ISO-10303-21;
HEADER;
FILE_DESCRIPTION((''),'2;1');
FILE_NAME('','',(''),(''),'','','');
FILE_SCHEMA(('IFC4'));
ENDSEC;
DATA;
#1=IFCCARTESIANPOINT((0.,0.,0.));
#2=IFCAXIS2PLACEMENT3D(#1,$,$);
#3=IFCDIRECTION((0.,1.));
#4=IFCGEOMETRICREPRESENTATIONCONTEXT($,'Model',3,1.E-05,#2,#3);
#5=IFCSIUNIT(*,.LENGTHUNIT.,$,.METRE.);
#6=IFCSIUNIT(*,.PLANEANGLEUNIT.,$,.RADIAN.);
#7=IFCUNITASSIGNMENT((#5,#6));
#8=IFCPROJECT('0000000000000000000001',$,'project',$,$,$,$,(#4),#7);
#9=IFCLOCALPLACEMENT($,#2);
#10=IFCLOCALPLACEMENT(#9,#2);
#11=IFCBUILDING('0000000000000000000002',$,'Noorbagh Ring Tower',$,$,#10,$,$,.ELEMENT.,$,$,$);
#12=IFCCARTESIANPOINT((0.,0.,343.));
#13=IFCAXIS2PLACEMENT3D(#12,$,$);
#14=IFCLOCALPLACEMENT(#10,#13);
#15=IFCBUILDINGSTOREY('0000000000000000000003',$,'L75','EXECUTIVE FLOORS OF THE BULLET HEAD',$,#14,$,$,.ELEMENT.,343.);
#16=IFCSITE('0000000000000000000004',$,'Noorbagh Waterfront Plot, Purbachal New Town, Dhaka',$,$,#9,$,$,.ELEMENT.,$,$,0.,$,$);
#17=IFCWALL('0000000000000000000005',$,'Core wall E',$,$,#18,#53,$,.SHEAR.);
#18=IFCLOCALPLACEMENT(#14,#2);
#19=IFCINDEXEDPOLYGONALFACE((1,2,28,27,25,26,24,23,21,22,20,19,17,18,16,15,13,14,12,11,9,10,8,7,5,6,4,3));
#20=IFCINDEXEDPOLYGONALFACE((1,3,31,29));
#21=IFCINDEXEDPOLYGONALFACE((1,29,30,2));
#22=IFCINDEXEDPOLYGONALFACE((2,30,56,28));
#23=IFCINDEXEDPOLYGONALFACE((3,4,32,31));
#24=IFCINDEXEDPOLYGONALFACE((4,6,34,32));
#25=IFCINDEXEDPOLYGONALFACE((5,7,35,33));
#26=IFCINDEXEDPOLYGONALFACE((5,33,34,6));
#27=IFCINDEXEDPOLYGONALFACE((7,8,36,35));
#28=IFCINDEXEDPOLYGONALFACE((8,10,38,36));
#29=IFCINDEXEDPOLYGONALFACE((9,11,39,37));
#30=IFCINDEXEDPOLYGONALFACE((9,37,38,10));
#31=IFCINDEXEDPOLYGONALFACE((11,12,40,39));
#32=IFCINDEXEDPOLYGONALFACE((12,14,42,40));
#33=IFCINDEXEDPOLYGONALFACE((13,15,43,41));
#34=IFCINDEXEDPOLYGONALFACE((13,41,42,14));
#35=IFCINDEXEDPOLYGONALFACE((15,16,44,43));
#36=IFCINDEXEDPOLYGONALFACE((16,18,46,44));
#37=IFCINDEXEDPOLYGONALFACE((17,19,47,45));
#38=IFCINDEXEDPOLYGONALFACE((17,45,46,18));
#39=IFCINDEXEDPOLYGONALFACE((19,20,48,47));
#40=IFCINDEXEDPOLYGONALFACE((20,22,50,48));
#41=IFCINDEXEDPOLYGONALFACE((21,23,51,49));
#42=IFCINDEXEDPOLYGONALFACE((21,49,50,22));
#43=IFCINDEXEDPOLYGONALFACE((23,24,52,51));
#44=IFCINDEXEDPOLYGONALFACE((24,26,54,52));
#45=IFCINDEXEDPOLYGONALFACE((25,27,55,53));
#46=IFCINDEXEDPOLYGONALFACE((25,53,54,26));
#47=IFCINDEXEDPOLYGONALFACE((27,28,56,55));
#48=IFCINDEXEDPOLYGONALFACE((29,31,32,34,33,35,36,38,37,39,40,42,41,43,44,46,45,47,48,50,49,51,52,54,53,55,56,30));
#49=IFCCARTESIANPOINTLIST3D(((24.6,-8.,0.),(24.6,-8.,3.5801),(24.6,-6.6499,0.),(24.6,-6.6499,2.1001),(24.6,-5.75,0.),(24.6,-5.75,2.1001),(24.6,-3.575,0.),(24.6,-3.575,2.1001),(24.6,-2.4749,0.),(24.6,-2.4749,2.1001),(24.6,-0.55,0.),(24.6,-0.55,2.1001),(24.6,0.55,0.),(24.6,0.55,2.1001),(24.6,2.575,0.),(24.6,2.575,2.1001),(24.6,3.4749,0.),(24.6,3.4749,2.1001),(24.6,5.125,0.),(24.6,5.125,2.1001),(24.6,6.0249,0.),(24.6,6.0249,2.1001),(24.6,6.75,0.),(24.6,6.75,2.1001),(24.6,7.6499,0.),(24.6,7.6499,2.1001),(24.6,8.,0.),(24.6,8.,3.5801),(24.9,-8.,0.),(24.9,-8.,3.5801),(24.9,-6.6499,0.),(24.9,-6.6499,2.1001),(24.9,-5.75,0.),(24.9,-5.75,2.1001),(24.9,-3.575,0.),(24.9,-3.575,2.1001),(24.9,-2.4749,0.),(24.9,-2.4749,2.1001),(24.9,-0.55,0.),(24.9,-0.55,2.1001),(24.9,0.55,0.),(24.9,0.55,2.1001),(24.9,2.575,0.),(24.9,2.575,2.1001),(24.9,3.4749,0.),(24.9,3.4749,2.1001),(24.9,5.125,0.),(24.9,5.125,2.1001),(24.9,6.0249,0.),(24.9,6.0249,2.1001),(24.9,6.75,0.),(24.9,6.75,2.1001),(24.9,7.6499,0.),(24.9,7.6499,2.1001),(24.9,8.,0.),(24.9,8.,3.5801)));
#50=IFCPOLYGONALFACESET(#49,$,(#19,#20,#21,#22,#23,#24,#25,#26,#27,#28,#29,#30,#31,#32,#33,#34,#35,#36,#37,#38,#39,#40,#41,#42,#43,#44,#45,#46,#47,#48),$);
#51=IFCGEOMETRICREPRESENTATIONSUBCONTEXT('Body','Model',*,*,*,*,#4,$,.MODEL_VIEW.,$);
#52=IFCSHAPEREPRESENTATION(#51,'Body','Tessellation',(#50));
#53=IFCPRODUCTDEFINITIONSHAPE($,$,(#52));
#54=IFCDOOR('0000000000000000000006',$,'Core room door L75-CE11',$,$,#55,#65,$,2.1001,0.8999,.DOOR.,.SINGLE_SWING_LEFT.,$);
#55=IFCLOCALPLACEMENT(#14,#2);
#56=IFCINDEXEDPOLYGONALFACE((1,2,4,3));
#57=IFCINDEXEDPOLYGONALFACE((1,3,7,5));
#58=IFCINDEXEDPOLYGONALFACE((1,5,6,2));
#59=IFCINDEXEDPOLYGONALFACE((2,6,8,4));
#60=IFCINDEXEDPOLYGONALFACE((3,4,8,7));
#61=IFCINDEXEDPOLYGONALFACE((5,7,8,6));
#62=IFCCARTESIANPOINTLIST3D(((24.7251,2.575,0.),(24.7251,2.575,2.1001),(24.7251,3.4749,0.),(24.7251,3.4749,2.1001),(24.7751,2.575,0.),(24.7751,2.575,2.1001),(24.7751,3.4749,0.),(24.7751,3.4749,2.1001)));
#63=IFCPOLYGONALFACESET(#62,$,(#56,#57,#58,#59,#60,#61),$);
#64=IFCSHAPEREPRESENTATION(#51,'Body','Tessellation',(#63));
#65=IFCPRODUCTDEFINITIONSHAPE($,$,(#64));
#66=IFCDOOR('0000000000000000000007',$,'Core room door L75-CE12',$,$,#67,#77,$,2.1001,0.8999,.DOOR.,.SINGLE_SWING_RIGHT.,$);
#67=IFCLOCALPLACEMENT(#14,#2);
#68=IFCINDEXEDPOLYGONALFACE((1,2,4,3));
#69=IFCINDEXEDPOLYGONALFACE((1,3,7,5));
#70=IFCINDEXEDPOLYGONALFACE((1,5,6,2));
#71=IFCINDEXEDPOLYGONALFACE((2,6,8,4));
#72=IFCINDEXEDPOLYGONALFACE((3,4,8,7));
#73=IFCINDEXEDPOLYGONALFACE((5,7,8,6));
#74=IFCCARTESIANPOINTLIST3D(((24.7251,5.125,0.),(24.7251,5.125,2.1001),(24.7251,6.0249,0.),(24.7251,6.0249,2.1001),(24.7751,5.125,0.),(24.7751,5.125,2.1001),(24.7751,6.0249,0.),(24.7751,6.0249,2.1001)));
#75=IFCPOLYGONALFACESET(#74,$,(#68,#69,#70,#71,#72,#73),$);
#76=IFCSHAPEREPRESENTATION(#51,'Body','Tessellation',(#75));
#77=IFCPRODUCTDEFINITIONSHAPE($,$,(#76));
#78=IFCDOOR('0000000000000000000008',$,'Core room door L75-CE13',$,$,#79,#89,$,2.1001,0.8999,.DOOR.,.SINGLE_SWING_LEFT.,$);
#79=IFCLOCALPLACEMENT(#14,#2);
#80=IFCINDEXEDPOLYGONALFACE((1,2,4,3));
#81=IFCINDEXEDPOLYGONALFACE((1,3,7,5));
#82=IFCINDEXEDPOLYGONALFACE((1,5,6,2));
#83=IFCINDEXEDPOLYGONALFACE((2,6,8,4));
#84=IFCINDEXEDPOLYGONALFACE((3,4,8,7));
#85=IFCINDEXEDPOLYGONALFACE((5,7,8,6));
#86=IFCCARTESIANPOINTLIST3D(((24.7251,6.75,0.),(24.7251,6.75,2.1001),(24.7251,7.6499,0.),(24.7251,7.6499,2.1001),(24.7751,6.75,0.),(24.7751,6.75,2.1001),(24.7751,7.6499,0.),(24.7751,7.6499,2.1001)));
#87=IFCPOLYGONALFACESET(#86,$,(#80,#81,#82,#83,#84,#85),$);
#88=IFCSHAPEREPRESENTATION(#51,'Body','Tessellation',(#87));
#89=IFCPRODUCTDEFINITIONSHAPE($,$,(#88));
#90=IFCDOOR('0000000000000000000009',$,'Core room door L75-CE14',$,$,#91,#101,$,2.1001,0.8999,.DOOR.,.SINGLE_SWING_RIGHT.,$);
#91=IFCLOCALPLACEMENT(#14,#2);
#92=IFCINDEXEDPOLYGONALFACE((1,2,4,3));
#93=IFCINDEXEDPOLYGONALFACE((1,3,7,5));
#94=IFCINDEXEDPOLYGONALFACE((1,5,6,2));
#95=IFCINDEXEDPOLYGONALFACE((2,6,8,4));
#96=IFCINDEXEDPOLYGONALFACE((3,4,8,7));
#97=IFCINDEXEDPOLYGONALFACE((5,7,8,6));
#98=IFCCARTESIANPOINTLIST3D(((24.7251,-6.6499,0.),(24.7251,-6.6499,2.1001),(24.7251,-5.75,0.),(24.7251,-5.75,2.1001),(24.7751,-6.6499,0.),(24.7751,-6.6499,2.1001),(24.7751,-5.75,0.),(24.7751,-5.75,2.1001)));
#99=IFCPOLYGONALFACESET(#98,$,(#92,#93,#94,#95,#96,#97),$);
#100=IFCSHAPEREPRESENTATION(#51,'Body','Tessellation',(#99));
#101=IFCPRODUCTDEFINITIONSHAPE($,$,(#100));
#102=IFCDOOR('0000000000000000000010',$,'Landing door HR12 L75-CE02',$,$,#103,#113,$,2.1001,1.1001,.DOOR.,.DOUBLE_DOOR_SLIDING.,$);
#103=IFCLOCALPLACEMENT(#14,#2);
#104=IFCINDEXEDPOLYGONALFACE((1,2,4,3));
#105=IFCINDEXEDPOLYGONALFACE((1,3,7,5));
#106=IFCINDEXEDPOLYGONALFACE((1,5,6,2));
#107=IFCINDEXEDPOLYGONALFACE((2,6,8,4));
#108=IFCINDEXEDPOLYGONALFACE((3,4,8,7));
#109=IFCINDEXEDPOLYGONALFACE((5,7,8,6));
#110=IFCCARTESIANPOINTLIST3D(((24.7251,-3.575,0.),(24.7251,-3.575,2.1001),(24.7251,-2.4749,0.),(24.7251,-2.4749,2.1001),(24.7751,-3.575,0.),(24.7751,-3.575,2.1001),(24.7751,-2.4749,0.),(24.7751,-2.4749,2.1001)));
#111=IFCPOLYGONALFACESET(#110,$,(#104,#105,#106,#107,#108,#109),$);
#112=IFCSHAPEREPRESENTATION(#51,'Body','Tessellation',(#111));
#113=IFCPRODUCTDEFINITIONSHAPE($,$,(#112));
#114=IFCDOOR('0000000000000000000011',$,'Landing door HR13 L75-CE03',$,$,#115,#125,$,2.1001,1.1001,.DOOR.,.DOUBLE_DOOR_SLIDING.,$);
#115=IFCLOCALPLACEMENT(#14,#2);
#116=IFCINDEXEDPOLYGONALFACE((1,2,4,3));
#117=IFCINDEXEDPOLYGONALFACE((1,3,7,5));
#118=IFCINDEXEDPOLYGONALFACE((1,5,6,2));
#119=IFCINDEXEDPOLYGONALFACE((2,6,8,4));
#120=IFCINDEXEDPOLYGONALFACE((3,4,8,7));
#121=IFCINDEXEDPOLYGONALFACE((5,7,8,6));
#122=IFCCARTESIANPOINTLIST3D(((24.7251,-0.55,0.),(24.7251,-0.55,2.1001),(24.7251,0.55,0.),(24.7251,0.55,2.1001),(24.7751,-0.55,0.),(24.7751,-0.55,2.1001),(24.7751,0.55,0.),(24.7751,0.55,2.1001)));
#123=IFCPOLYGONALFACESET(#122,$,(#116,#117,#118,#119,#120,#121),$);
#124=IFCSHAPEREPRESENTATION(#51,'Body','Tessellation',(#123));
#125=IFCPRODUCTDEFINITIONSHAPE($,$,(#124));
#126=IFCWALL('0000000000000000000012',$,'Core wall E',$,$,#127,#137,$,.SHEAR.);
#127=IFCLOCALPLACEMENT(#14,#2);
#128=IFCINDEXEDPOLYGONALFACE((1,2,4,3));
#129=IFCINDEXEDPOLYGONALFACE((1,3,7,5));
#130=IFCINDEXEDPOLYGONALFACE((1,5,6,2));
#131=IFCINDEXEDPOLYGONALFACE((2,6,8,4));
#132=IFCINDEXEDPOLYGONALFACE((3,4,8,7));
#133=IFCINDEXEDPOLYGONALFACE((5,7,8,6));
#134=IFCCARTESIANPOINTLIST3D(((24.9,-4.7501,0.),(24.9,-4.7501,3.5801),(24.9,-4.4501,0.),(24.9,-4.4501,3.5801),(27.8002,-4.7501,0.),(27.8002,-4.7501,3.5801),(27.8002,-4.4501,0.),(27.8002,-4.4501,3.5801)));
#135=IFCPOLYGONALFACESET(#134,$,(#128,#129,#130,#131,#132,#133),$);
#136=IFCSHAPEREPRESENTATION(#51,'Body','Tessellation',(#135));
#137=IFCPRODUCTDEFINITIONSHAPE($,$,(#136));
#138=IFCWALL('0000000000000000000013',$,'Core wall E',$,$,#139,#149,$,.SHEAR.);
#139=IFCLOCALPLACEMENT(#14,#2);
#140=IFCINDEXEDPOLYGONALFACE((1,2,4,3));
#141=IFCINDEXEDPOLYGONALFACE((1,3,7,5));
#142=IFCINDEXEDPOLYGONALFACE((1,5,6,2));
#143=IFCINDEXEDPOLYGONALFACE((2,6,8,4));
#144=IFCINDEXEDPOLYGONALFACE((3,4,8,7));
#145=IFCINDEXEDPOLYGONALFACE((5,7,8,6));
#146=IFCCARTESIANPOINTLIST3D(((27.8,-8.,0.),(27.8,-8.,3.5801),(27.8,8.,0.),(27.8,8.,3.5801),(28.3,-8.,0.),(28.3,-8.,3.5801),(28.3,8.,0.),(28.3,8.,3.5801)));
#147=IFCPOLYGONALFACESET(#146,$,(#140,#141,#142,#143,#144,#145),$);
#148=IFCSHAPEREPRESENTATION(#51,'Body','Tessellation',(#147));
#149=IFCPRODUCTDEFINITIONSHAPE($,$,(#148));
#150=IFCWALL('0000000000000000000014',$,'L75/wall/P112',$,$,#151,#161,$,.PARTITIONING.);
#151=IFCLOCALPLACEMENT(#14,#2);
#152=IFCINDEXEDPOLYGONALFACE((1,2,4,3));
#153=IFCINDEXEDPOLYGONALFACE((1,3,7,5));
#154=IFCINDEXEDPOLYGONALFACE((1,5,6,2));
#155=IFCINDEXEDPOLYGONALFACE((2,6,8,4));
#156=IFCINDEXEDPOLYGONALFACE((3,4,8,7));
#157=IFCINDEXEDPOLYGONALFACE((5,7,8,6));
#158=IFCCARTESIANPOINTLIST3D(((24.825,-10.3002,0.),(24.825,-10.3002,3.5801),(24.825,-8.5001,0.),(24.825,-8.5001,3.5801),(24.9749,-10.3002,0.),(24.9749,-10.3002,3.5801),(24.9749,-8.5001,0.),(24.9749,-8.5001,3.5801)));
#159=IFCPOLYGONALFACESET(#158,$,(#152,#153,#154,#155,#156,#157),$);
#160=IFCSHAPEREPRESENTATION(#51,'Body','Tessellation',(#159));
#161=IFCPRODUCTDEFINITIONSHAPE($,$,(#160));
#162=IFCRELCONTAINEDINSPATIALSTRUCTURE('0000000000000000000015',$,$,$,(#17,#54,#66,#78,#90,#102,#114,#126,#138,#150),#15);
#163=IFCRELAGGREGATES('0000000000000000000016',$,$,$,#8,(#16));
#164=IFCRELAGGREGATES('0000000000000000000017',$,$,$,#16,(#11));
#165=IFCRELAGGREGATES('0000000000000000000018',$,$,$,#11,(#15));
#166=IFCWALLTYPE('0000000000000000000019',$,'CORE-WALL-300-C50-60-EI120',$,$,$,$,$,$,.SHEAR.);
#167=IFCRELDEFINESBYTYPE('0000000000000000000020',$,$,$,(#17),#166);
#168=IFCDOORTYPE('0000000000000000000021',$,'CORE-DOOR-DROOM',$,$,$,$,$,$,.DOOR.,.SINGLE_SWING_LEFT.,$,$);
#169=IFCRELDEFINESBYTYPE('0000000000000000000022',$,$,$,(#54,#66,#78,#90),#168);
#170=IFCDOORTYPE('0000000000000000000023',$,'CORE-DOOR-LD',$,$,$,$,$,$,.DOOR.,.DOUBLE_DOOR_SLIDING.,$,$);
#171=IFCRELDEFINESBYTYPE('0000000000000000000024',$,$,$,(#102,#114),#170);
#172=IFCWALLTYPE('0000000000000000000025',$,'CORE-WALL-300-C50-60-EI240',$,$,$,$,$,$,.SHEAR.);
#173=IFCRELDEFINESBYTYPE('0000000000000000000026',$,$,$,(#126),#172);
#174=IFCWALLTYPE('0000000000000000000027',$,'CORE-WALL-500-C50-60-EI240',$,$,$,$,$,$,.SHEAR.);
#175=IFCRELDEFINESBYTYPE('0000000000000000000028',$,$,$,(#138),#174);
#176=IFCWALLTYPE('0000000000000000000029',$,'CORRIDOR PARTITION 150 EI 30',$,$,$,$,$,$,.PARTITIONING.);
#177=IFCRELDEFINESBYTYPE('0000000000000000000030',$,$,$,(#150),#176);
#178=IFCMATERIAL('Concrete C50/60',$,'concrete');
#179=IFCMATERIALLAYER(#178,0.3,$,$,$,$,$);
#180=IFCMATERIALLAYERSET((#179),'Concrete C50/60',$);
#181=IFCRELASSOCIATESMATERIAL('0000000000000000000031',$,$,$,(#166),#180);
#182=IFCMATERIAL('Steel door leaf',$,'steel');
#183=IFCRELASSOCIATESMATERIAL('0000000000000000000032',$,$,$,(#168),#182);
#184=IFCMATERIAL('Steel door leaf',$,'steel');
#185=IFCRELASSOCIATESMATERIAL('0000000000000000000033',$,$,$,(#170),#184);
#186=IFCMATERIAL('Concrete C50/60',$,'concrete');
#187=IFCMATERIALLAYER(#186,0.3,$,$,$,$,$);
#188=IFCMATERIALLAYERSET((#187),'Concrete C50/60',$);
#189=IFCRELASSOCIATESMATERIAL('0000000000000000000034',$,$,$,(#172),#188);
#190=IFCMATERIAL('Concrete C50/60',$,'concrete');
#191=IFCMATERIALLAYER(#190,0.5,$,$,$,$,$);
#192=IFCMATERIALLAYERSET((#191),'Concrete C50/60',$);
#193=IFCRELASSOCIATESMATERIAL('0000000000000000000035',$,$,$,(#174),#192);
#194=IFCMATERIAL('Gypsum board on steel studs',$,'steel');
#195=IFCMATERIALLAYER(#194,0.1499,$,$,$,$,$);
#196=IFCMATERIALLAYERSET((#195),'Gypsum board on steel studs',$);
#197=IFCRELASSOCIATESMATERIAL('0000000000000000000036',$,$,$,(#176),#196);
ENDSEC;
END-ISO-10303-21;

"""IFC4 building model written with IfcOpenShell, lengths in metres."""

from ifc_helpers import new_model, si_unit, direction, frame, frame_2d, origin, place, context, subcontext, project, spatial, rectangle, extrude, material, layer, layer_set, type_object, element, fill, save


model = new_model("IFC4")

# Units and contexts
model_context = context("Model", 3, precision=1e-05, world=origin(), true_north=direction((0.0, 1.0)))
body_context = subcontext(model_context, "Body", "Model", "MODEL_VIEW")
ifc_project = project(units=[si_unit("LENGTHUNIT", "METRE"), si_unit("PLANEANGLEUNIT", "RADIAN")], contexts=[model_context])

# Site, building, storey
site_placement = place(None, origin())
site = spatial("IfcSite", under=ifc_project, at=site_placement, Name="Noorbagh Waterfront Plot, Purbachal New Town, Dhaka", CompositionType="ELEMENT", RefElevation=0.0)
building_placement = place(site_placement, origin())
building = spatial("IfcBuilding", under=site, at=building_placement, Name="Noorbagh Ring Tower", CompositionType="ELEMENT")
storey_placement = place(building_placement, frame((0.0, 0.0, 343.0)))
storey = spatial("IfcBuildingStorey", under=building, at=storey_placement, Name="L75", Description="EXECUTIVE FLOORS OF THE BULLET HEAD", CompositionType="ELEMENT", Elevation=343.0)

# Wall, openings, doors
ifc_material_1 = material(Name="Concrete C50/60", Category="concrete")
ifc_layer_1 = layer(ifc_material_1, 0.3)
ifc_layer_set_1 = layer_set([ifc_layer_1], Name="Concrete C50/60")
wall_type_1 = type_object("IfcWallType", Name="CORE-WALL-300-C50-60-EI120", PredefinedType="SHEAR", material=ifc_layer_set_1)
wall_1_placement = place(storey_placement, frame((24.75, -8.0, 0.0), z_axis=(0.0, 0.0, 1.0), x_axis=(0.0, 1.0, 0.0)))
wall_1 = element("IfcWall", 1, at=wall_1_placement, inside=storey, type_object=wall_type_1, Name="Core wall E", PredefinedType="SHEAR", context=body_context, shape_type="SweptSolid", body=[
    extrude(rectangle(XDim=16.0, YDim=0.3, at=frame_2d((8.0, 0.0))), origin(), (0.0, 0.0, 1.0), 3.5801),
])
opening_1_placement = place(wall_1_placement, frame((4.425, 0.0, 0.0)))
opening_1 = element("IfcOpeningElement", 2, at=opening_1_placement, cuts=wall_1, PredefinedType="OPENING", context=body_context, shape_type="SweptSolid", body=[
    extrude(rectangle(XDim=1.1001, YDim=2.1001, at=frame_2d((0.55, 1.05))), frame((0.0, 0.1602, 0.0), z_axis=(0.0, -1.0, 0.0), x_axis=(1.0, 0.0, 0.0)), (0.0, 0.0, 1.0), 0.3201),
])
opening_2_placement = place(wall_1_placement, frame((7.45, 0.0, 0.0)))
opening_2 = element("IfcOpeningElement", 3, at=opening_2_placement, cuts=wall_1, PredefinedType="OPENING", context=body_context, shape_type="SweptSolid", body=[
    extrude(rectangle(XDim=1.1001, YDim=2.1001, at=frame_2d((0.55, 1.05))), frame((0.0, 0.1602, 0.0), z_axis=(0.0, -1.0, 0.0), x_axis=(1.0, 0.0, 0.0)), (0.0, 0.0, 1.0), 0.3201),
])
opening_3_placement = place(wall_1_placement, frame((10.575, 0.0, 0.0)))
opening_3 = element("IfcOpeningElement", 4, at=opening_3_placement, cuts=wall_1, PredefinedType="OPENING", context=body_context, shape_type="SweptSolid", body=[
    extrude(rectangle(XDim=0.8999, YDim=2.1001, at=frame_2d((0.45, 1.05))), frame((0.0, 0.1602, 0.0), z_axis=(0.0, -1.0, 0.0), x_axis=(1.0, 0.0, 0.0)), (0.0, 0.0, 1.0), 0.3201),
])
opening_4_placement = place(wall_1_placement, frame((13.125, 0.0, 0.0)))
opening_4 = element("IfcOpeningElement", 5, at=opening_4_placement, cuts=wall_1, PredefinedType="OPENING", context=body_context, shape_type="SweptSolid", body=[
    extrude(rectangle(XDim=0.8999, YDim=2.1001, at=frame_2d((0.45, 1.05))), frame((0.0, 0.1602, 0.0), z_axis=(0.0, -1.0, 0.0), x_axis=(1.0, 0.0, 0.0)), (0.0, 0.0, 1.0), 0.3201),
])
opening_5_placement = place(wall_1_placement, frame((14.75, 0.0, 0.0)))
opening_5 = element("IfcOpeningElement", 6, at=opening_5_placement, cuts=wall_1, PredefinedType="OPENING", context=body_context, shape_type="SweptSolid", body=[
    extrude(rectangle(XDim=0.8999, YDim=2.1001, at=frame_2d((0.45, 1.05))), frame((0.0, 0.1602, 0.0), z_axis=(0.0, -1.0, 0.0), x_axis=(1.0, 0.0, 0.0)), (0.0, 0.0, 1.0), 0.3201),
])
opening_6_placement = place(wall_1_placement, frame((1.3501, 0.0, 0.0)))
opening_6 = element("IfcOpeningElement", 7, at=opening_6_placement, cuts=wall_1, PredefinedType="OPENING", context=body_context, shape_type="SweptSolid", body=[
    extrude(rectangle(XDim=0.8999, YDim=2.1001, at=frame_2d((0.45, 1.05))), frame((0.0, 0.1602, 0.0), z_axis=(0.0, -1.0, 0.0), x_axis=(1.0, 0.0, 0.0)), (0.0, 0.0, 1.0), 0.3201),
])
ifc_material_2 = material(Name="Steel door leaf", Category="steel")
door_type_1 = type_object("IfcDoorType", Name="CORE-DOOR-DROOM", OperationType="SINGLE_SWING_LEFT", PredefinedType="DOOR", material=ifc_material_2)
door_1_placement = place(opening_3_placement, origin())
door_1 = element("IfcDoor", 8, at=door_1_placement, inside=storey, type_object=door_type_1, Name="Core room door L75-CE11", OperationType="SINGLE_SWING_LEFT", OverallHeight=2.1001, OverallWidth=0.8999, PredefinedType="DOOR", context=body_context, shape_type="SweptSolid", body=[
    extrude(rectangle(XDim=0.8999, YDim=2.1001, at=frame_2d((0.45, 1.05))), frame((0.0, 0.0249, 0.0), z_axis=(0.0, -1.0, 0.0), x_axis=(1.0, 0.0, 0.0)), (0.0, 0.0, 1.0), 0.05),
])
fill(opening_3, door_1)
door_2_placement = place(opening_4_placement, origin())
door_2 = element("IfcDoor", 9, at=door_2_placement, inside=storey, type_object=door_type_1, Name="Core room door L75-CE12", OperationType="SINGLE_SWING_RIGHT", OverallHeight=2.1001, OverallWidth=0.8999, PredefinedType="DOOR", context=body_context, shape_type="SweptSolid", body=[
    extrude(rectangle(XDim=0.8999, YDim=2.1001, at=frame_2d((0.45, 1.05))), frame((0.0, 0.0249, 0.0), z_axis=(0.0, -1.0, 0.0), x_axis=(1.0, 0.0, 0.0)), (0.0, 0.0, 1.0), 0.05),
])
fill(opening_4, door_2)
door_3_placement = place(opening_5_placement, origin())
door_3 = element("IfcDoor", 10, at=door_3_placement, inside=storey, type_object=door_type_1, Name="Core room door L75-CE13", OperationType="SINGLE_SWING_LEFT", OverallHeight=2.1001, OverallWidth=0.8999, PredefinedType="DOOR", context=body_context, shape_type="SweptSolid", body=[
    extrude(rectangle(XDim=0.8999, YDim=2.1001, at=frame_2d((0.45, 1.05))), frame((0.0, 0.0249, 0.0), z_axis=(0.0, -1.0, 0.0), x_axis=(1.0, 0.0, 0.0)), (0.0, 0.0, 1.0), 0.05),
])
fill(opening_5, door_3)
door_4_placement = place(opening_6_placement, origin())
door_4 = element("IfcDoor", 11, at=door_4_placement, inside=storey, type_object=door_type_1, Name="Core room door L75-CE14", OperationType="SINGLE_SWING_RIGHT", OverallHeight=2.1001, OverallWidth=0.8999, PredefinedType="DOOR", context=body_context, shape_type="SweptSolid", body=[
    extrude(rectangle(XDim=0.8999, YDim=2.1001, at=frame_2d((0.45, 1.05))), frame((0.0, 0.0249, 0.0), z_axis=(0.0, -1.0, 0.0), x_axis=(1.0, 0.0, 0.0)), (0.0, 0.0, 1.0), 0.05),
])
fill(opening_6, door_4)
ifc_material_3 = material(Name="Steel door leaf", Category="steel")
door_type_2 = type_object("IfcDoorType", Name="CORE-DOOR-LD", OperationType="DOUBLE_DOOR_SLIDING", PredefinedType="DOOR", material=ifc_material_3)
door_5_placement = place(opening_1_placement, origin())
door_5 = element("IfcDoor", 12, at=door_5_placement, inside=storey, type_object=door_type_2, Name="Landing door HR12 L75-CE02", OperationType="DOUBLE_DOOR_SLIDING", OverallHeight=2.1001, OverallWidth=1.1001, PredefinedType="DOOR", context=body_context, shape_type="SweptSolid", body=[
    extrude(rectangle(XDim=1.1001, YDim=2.1001, at=frame_2d((0.55, 1.05))), frame((0.0, 0.0249, 0.0), z_axis=(0.0, -1.0, 0.0), x_axis=(1.0, 0.0, 0.0)), (0.0, 0.0, 1.0), 0.05),
])
fill(opening_1, door_5)
door_6_placement = place(opening_2_placement, origin())
door_6 = element("IfcDoor", 13, at=door_6_placement, inside=storey, type_object=door_type_2, Name="Landing door HR13 L75-CE03", OperationType="DOUBLE_DOOR_SLIDING", OverallHeight=2.1001, OverallWidth=1.1001, PredefinedType="DOOR", context=body_context, shape_type="SweptSolid", body=[
    extrude(rectangle(XDim=1.1001, YDim=2.1001, at=frame_2d((0.55, 1.05))), frame((0.0, 0.0249, 0.0), z_axis=(0.0, -1.0, 0.0), x_axis=(1.0, 0.0, 0.0)), (0.0, 0.0, 1.0), 0.05),
])
fill(opening_2, door_6)

# Walls
ifc_material_4 = material(Name="Concrete C50/60", Category="concrete")
ifc_layer_2 = layer(ifc_material_4, 0.3)
ifc_layer_set_2 = layer_set([ifc_layer_2], Name="Concrete C50/60")
wall_type_2 = type_object("IfcWallType", Name="CORE-WALL-300-C50-60-EI240", PredefinedType="SHEAR", material=ifc_layer_set_2)
wall_2_placement = place(storey_placement, frame((24.8999, -4.6001, 0.0), z_axis=(0.0, 0.0, 1.0), x_axis=(1.0, 0.0, 0.0)))
element("IfcWall", 14, at=wall_2_placement, inside=storey, type_object=wall_type_2, Name="Core wall E", PredefinedType="SHEAR", context=body_context, shape_type="SweptSolid", body=[
    extrude(rectangle(XDim=2.9001, YDim=0.3, at=frame_2d((1.4502, 0.0))), origin(), (0.0, 0.0, 1.0), 3.5801),
])
ifc_material_5 = material(Name="Concrete C50/60", Category="concrete")
ifc_layer_3 = layer(ifc_material_5, 0.5)
ifc_layer_set_3 = layer_set([ifc_layer_3], Name="Concrete C50/60")
wall_type_3 = type_object("IfcWallType", Name="CORE-WALL-500-C50-60-EI240", PredefinedType="SHEAR", material=ifc_layer_set_3)
wall_3_placement = place(storey_placement, frame((28.05, -8.0, 0.0), z_axis=(0.0, 0.0, 1.0), x_axis=(0.0, 1.0, 0.0)))
element("IfcWall", 15, at=wall_3_placement, inside=storey, type_object=wall_type_3, Name="Core wall E", PredefinedType="SHEAR", context=body_context, shape_type="SweptSolid", body=[
    extrude(rectangle(XDim=16.0, YDim=0.5, at=frame_2d((8.0, 0.0))), origin(), (0.0, 0.0, 1.0), 3.5801),
])
ifc_material_6 = material(Name="Gypsum board on steel studs", Category="steel")
ifc_layer_4 = layer(ifc_material_6, 0.1499)
ifc_layer_set_4 = layer_set([ifc_layer_4], Name="Gypsum board on steel studs")
wall_type_4 = type_object("IfcWallType", Name="CORRIDOR PARTITION 150 EI 30", PredefinedType="PARTITIONING", material=ifc_layer_set_4)
wall_4_placement = place(storey_placement, frame((24.8999, -10.3, 0.0), z_axis=(0.0, 0.0, 1.0), x_axis=(0.0, 1.0, 0.0)))
element("IfcWall", 16, at=wall_4_placement, inside=storey, type_object=wall_type_4, Name="L75/wall/P112", PredefinedType="PARTITIONING", context=body_context, shape_type="SweptSolid", body=[
    extrude(rectangle(XDim=1.8, YDim=0.1499, at=frame_2d((0.8999, 0.0))), origin(), (0.0, 0.0, 1.0), 3.5801),
])

save(model, "model.ifc")
